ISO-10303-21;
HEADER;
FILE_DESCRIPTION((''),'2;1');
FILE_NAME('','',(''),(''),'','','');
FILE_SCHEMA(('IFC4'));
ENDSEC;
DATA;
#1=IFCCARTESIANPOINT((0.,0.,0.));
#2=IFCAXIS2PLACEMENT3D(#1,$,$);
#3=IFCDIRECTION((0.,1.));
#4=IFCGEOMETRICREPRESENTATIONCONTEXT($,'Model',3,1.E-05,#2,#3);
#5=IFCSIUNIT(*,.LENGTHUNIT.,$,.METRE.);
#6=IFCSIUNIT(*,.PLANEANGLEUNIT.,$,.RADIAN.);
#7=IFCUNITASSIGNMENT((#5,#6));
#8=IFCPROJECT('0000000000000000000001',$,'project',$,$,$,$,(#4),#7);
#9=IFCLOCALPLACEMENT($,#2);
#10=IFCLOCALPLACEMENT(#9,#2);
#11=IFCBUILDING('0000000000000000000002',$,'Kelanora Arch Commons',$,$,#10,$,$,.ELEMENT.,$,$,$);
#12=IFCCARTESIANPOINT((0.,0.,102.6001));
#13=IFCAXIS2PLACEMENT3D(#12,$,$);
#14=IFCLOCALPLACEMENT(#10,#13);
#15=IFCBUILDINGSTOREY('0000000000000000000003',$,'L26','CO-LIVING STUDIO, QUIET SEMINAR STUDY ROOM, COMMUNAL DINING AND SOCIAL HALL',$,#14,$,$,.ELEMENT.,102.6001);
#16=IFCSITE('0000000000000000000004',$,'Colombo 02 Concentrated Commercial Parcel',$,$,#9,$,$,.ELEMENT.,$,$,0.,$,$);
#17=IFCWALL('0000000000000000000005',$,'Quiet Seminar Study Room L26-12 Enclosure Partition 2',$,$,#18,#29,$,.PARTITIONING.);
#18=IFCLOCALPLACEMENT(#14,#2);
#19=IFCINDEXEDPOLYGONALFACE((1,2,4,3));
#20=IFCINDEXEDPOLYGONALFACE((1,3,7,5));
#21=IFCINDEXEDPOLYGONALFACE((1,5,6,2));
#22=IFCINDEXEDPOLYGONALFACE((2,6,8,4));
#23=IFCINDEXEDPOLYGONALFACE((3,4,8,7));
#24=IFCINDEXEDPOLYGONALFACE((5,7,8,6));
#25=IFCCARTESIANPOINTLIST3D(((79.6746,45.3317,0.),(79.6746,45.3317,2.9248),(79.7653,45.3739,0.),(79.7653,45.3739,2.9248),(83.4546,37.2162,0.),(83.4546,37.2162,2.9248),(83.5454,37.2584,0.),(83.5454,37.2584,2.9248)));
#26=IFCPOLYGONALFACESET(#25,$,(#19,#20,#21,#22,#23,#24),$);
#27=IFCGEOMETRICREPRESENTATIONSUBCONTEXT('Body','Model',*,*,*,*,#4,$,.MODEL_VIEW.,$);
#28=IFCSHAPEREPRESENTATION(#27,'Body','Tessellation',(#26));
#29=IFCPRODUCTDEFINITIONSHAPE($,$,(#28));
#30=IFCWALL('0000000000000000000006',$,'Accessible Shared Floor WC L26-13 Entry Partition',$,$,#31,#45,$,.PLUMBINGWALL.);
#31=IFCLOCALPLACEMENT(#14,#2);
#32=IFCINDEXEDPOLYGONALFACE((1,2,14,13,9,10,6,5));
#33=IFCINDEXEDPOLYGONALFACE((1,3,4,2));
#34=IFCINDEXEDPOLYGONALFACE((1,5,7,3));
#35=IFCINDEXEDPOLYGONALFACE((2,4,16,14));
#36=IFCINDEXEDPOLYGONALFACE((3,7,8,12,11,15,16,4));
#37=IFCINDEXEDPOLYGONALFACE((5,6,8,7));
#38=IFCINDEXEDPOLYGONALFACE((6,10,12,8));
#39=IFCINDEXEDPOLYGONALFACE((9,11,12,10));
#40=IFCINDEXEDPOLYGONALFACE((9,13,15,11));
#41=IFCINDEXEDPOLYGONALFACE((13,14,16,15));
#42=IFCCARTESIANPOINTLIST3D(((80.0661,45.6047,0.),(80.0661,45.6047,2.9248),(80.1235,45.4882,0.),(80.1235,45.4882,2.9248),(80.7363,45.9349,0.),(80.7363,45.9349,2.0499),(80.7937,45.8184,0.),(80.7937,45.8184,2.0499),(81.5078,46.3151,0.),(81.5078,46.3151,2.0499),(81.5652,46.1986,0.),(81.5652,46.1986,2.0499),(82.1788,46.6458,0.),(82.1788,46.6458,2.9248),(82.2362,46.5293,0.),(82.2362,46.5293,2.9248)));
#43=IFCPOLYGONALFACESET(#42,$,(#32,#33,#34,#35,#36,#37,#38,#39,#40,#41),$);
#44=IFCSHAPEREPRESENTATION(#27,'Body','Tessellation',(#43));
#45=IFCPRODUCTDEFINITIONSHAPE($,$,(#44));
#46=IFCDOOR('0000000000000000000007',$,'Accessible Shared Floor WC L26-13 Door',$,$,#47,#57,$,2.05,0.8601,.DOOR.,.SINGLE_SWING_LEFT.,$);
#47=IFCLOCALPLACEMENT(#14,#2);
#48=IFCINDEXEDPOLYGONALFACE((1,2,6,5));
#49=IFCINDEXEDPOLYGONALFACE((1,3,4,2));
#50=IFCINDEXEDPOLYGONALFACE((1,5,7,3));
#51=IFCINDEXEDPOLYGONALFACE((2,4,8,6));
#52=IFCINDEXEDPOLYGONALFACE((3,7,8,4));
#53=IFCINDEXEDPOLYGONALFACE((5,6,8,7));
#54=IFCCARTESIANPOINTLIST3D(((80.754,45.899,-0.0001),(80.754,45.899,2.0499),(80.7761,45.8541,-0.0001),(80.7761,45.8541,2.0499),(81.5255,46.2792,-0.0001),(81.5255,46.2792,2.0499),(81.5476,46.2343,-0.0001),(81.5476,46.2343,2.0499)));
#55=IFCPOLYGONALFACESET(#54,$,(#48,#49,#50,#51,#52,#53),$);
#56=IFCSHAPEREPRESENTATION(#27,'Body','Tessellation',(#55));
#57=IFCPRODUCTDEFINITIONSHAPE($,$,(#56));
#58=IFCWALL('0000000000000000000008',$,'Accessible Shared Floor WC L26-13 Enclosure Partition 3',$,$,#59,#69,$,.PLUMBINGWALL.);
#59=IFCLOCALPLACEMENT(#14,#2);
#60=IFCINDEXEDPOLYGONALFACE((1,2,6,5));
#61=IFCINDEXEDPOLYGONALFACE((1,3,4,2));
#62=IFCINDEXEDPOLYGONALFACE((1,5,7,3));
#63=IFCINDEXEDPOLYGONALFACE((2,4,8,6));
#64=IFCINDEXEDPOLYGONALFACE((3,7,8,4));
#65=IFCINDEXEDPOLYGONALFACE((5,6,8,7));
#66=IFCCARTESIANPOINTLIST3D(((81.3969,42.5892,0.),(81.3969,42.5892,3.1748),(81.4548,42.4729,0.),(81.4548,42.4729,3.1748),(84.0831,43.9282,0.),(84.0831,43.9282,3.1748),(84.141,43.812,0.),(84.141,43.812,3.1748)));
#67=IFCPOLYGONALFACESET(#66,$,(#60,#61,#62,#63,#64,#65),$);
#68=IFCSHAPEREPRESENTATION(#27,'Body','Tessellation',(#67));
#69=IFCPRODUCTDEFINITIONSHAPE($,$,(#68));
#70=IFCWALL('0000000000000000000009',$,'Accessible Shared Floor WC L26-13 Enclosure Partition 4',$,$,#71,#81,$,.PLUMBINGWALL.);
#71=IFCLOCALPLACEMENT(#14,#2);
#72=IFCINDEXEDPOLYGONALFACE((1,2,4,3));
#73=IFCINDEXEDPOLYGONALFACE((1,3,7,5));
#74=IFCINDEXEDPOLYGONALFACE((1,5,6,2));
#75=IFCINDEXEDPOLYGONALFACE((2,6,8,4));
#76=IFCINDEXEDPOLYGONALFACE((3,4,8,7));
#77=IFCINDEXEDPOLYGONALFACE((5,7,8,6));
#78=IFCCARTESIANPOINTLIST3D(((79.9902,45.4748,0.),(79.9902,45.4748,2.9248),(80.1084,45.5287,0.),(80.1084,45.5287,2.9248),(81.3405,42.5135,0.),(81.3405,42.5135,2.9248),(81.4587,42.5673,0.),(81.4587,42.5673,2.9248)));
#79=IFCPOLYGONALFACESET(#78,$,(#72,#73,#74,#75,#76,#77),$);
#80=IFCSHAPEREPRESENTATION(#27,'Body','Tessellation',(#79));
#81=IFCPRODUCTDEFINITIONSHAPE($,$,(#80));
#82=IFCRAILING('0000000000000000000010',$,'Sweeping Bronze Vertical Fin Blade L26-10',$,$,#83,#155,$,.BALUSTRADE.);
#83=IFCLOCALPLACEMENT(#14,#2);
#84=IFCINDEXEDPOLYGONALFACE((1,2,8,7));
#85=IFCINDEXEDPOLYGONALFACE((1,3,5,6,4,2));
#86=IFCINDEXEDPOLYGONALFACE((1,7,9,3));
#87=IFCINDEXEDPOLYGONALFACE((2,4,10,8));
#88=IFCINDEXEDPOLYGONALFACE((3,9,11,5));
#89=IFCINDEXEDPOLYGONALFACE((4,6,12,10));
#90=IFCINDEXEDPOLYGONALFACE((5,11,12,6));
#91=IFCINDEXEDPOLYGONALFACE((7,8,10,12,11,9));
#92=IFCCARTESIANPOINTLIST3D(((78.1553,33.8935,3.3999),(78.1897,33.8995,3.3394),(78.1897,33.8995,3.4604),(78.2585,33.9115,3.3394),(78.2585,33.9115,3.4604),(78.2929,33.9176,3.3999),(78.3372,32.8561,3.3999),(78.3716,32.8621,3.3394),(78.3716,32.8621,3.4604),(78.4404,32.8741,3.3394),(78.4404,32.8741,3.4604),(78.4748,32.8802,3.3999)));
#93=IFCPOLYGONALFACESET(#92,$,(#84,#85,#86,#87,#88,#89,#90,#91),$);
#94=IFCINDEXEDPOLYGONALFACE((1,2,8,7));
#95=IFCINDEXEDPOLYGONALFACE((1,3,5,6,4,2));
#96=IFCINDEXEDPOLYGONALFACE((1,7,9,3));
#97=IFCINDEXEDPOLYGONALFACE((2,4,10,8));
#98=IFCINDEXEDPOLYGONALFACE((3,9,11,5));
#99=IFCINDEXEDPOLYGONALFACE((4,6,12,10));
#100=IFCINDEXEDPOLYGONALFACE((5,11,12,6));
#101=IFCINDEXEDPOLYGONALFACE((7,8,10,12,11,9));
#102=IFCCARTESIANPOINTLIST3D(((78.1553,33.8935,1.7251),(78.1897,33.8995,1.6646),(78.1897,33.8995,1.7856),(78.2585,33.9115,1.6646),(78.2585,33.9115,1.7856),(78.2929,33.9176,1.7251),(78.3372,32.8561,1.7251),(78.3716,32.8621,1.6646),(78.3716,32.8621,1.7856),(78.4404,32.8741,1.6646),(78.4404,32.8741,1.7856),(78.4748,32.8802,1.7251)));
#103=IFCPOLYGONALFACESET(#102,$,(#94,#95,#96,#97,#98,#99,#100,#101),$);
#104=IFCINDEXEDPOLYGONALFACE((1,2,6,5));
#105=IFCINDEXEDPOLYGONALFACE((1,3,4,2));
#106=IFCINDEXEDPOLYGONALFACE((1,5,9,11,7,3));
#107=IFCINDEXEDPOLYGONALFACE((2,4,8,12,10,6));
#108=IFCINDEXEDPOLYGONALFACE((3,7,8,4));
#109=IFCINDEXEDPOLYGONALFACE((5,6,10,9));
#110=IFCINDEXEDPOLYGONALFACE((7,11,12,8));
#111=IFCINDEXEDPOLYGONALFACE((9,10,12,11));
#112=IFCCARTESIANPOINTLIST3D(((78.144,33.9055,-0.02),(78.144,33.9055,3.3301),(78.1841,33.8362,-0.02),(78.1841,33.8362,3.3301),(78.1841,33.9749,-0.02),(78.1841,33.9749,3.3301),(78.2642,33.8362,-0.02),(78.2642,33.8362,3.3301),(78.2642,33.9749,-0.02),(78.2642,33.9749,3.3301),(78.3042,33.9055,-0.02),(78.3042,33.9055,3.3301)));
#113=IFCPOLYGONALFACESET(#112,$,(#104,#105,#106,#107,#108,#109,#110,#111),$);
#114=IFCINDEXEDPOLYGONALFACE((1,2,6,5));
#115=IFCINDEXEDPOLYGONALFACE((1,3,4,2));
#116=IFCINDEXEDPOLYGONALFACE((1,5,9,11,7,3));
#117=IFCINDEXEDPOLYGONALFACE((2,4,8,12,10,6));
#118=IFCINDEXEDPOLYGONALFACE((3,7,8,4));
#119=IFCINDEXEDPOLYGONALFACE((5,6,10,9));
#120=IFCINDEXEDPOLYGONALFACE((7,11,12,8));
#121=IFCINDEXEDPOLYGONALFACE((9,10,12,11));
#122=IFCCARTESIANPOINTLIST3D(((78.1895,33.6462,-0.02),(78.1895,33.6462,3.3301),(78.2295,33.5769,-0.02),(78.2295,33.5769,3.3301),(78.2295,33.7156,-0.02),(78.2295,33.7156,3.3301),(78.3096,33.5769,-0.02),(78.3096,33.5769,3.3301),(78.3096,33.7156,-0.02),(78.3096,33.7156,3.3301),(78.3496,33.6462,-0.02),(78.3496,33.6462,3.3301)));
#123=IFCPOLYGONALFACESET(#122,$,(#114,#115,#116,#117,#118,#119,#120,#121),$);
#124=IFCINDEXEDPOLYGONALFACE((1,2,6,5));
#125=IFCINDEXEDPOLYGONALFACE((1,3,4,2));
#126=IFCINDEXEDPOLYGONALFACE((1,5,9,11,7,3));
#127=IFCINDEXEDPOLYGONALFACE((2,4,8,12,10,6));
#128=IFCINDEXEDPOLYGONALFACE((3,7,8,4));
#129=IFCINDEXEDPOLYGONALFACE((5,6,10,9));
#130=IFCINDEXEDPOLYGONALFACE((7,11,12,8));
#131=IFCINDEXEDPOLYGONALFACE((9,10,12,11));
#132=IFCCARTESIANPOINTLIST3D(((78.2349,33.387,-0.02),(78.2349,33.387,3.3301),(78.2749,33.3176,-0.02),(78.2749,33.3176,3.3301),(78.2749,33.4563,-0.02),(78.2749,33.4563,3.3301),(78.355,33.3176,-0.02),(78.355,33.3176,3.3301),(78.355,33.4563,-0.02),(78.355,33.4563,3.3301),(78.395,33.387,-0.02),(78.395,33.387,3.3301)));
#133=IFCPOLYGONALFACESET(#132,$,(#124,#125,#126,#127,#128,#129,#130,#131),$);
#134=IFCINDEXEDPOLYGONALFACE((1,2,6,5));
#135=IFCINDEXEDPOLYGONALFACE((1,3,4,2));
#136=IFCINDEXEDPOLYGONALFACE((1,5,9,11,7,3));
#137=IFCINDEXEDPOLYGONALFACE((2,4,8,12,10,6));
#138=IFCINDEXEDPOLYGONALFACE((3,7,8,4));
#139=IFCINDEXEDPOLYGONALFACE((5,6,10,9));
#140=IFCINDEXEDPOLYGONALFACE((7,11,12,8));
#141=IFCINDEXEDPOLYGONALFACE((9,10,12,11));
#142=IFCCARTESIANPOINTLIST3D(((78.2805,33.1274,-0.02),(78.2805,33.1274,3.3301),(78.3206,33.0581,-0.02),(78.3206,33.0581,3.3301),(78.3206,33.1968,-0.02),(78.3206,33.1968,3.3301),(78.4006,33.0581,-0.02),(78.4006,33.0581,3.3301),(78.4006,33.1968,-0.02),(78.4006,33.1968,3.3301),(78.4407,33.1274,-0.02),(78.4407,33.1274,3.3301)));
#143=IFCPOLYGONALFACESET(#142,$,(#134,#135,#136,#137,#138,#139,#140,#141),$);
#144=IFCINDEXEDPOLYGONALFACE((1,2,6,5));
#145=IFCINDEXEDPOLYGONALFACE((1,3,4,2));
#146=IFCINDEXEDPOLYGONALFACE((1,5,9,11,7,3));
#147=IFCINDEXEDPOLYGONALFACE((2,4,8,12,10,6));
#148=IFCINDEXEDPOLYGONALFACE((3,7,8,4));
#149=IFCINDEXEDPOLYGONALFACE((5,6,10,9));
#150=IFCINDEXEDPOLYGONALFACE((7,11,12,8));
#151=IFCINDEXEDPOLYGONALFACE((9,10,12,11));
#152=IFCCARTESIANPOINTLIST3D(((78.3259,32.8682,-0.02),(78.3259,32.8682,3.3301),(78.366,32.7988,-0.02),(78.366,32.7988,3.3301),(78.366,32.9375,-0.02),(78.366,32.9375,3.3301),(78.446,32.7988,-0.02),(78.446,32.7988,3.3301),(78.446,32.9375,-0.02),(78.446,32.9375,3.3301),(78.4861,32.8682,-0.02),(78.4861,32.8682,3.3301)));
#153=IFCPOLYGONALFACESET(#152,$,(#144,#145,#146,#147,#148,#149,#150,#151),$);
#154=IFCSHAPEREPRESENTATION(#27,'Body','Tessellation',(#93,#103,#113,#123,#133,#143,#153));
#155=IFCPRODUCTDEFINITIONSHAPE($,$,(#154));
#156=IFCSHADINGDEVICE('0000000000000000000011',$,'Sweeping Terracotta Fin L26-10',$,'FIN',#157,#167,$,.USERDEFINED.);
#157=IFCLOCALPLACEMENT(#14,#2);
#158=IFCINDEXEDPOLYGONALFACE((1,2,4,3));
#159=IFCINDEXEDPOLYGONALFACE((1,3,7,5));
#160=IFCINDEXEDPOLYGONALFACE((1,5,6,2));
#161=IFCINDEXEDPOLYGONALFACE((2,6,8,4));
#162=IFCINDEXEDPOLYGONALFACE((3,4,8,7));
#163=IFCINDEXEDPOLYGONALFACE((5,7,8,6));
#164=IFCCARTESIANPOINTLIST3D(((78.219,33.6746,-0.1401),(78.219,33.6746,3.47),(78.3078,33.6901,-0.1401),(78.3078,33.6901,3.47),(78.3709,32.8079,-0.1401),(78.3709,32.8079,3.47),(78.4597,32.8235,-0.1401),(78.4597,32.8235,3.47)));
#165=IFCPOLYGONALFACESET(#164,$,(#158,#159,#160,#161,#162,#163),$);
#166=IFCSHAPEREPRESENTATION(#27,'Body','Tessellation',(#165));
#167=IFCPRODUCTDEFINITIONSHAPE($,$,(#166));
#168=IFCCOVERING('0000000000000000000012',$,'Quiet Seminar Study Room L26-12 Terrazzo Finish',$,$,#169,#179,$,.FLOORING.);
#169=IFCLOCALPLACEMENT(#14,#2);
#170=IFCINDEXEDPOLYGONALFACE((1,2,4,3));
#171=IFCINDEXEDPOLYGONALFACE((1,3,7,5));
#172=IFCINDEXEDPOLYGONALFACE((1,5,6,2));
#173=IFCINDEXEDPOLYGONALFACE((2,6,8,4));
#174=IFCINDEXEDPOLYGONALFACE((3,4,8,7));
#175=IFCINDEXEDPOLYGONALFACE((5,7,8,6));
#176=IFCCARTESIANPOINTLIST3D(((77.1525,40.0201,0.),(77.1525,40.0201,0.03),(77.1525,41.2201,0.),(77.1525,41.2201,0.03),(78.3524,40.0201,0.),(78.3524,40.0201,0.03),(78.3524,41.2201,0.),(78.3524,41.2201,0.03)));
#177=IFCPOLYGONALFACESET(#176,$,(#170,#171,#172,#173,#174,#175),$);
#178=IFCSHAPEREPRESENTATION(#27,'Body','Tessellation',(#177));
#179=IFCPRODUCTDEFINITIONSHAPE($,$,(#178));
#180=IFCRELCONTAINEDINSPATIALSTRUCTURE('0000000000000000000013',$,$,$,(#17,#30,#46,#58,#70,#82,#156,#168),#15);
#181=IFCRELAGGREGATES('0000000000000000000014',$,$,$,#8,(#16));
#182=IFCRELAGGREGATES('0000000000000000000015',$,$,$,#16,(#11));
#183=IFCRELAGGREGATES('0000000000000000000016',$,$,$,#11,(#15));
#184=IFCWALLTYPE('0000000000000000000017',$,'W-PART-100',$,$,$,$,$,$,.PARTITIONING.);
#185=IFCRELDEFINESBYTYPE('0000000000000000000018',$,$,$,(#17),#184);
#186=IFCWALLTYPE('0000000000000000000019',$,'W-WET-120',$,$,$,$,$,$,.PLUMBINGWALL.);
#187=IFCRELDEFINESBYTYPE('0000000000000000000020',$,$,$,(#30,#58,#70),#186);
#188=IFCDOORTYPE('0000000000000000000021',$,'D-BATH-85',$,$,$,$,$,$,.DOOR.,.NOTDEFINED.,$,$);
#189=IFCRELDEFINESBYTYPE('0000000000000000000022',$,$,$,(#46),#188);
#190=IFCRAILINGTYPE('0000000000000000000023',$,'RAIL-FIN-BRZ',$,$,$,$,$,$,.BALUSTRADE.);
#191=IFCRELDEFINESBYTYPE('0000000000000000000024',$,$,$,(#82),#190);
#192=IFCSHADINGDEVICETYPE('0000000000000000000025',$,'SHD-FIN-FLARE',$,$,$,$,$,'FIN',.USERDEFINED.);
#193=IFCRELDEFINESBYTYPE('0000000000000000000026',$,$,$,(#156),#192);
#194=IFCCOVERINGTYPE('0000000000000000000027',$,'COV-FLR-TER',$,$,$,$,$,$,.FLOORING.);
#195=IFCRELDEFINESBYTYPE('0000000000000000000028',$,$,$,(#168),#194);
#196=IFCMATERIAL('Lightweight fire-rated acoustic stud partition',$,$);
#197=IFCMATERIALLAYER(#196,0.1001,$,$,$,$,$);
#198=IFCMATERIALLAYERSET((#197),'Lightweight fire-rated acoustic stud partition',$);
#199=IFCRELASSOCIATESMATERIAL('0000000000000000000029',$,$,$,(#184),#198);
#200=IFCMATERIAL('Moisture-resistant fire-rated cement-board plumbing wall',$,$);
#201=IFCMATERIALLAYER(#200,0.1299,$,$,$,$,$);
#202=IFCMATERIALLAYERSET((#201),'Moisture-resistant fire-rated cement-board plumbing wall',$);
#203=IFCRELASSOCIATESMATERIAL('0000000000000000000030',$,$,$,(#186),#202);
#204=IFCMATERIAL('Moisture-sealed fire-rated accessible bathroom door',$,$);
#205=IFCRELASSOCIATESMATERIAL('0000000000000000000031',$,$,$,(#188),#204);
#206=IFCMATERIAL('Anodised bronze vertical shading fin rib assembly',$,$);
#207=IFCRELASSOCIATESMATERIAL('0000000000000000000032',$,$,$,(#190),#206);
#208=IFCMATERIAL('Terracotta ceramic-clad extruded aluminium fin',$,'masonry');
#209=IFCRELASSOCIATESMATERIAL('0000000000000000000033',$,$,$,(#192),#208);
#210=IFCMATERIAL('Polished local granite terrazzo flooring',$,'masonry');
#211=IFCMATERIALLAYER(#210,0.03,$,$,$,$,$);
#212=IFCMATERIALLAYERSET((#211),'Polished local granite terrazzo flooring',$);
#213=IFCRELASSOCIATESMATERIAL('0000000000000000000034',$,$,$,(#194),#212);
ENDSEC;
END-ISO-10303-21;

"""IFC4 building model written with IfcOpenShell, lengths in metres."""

from ifc_helpers import new_model, si_unit, direction, frame, frame_2d, origin, origin_2d, place, context, subcontext, project, spatial, polyline, rectangle, outline, extrude, source, transform, mapped, material, layer, layer_set, type_object, element, fill, save


model = new_model("IFC4")

# Units and contexts
model_context = context("Model", 3, precision=1e-05, world=origin(), true_north=direction((0.0, 1.0)))
body_context = subcontext(model_context, "Body", "Model", "MODEL_VIEW")
ifc_project = project(units=[si_unit("LENGTHUNIT", "METRE"), si_unit("PLANEANGLEUNIT", "RADIAN")], contexts=[model_context])

# Site, building, storey
site_placement = place(None, origin())
site = spatial("IfcSite", under=ifc_project, at=site_placement, Name="Colombo 02 Concentrated Commercial Parcel", CompositionType="ELEMENT", RefElevation=0.0)
building_placement = place(site_placement, origin())
building = spatial("IfcBuilding", under=site, at=building_placement, Name="Kelanora Arch Commons", CompositionType="ELEMENT")
storey_placement = place(building_placement, frame((0.0, 0.0, 102.6001)))
storey = spatial("IfcBuildingStorey", under=building, at=storey_placement, Name="L26", Description="CO-LIVING STUDIO, QUIET SEMINAR STUDY ROOM, COMMUNAL DINING AND SOCIAL HALL", CompositionType="ELEMENT", Elevation=102.6001)

# Wall
ifc_material_1 = material(Name="Lightweight fire-rated acoustic stud partition")
ifc_layer_1 = layer(ifc_material_1, 0.1001)
ifc_layer_set_1 = layer_set([ifc_layer_1], Name="Lightweight fire-rated acoustic stud partition")
wall_type_1 = type_object("IfcWallType", Name="W-PART-100", PredefinedType="PARTITIONING", material=ifc_layer_set_1)
wall_1_placement = place(storey_placement, frame((79.72, 45.3528, 0.0), z_axis=(0.0, 0.0, 1.0), x_axis=(0.422225, -0.906491, 0.0)))
element("IfcWall", 1, at=wall_1_placement, inside=storey, type_object=wall_type_1, Name="Quiet Seminar Study Room L26-12 Enclosure Partition 2", PredefinedType="PARTITIONING", context=body_context, shape_type="SweptSolid", body=[
    extrude(rectangle(XDim=8.9526, YDim=0.1001, at=frame_2d((4.4763, 0.0))), origin(), (0.0, 0.0, 1.0), 2.9248),
])

# Wall, opening, door
ifc_material_2 = material(Name="Moisture-resistant fire-rated cement-board plumbing wall")
ifc_layer_2 = layer(ifc_material_2, 0.1299)
ifc_layer_set_2 = layer_set([ifc_layer_2], Name="Moisture-resistant fire-rated cement-board plumbing wall")
wall_type_2 = type_object("IfcWallType", Name="W-WET-120", PredefinedType="PLUMBINGWALL", material=ifc_layer_set_2)
wall_2_placement = place(storey_placement, frame((80.0947, 45.5464, 0.0), z_axis=(0.0, 0.0, 1.0), x_axis=(0.897004, 0.442023, 0.0)))
wall_2 = element("IfcWall", 2, at=wall_2_placement, inside=storey, type_object=wall_type_2, Name="Accessible Shared Floor WC L26-13 Entry Partition", PredefinedType="PLUMBINGWALL", context=body_context, shape_type="SweptSolid", body=[
    extrude(rectangle(XDim=2.3552, YDim=0.1299, at=frame_2d((1.1777, 0.0))), origin(), (0.0, 0.0, 1.0), 2.9248),
])
opening_placement = place(wall_2_placement, frame((0.7471, 0.0, 0.0)))
opening = element("IfcOpeningElement", 3, at=opening_placement, cuts=wall_2, PredefinedType="OPENING", context=body_context, shape_type="SweptSolid", body=[
    extrude(rectangle(XDim=0.8601, YDim=2.05, at=frame_2d((0.4302, 1.0249))), frame((0.0, 0.075, 0.0), z_axis=(0.0, -1.0, 0.0), x_axis=(1.0, 0.0, 0.0)), (0.0, 0.0, 1.0), 0.1499),
])
ifc_material_3 = material(Name="Moisture-sealed fire-rated accessible bathroom door")
door_type = type_object("IfcDoorType", Name="D-BATH-85", OperationType="NOTDEFINED", PredefinedType="DOOR", material=ifc_material_3)
door_placement = place(opening_placement, origin())
door = element("IfcDoor", 4, at=door_placement, inside=storey, type_object=door_type, Name="Accessible Shared Floor WC L26-13 Door", OperationType="SINGLE_SWING_LEFT", OverallHeight=2.05, OverallWidth=0.8601, PredefinedType="DOOR", context=body_context, shape_type="SweptSolid", body=[
    extrude(rectangle(XDim=0.8601, YDim=2.05, at=frame_2d((0.4302, 1.0249))), frame((0.0, 0.0249, 0.0), z_axis=(0.0, -1.0, 0.0), x_axis=(1.0, 0.0, 0.0)), (0.0, 0.0, 1.0), 0.05),
])
fill(opening, door)

# Walls
wall_3_placement = place(storey_placement, frame((84.1121, 43.8701, 0.0), z_axis=(0.0, 0.0, 1.0), x_axis=(-0.894963, -0.44614, 0.0)))
element("IfcWall", 5, at=wall_3_placement, inside=storey, type_object=wall_type_2, Name="Accessible Shared Floor WC L26-13 Enclosure Partition 3", PredefinedType="PLUMBINGWALL", context=body_context, shape_type="SweptSolid", body=[
    extrude(rectangle(XDim=3.0015, YDim=0.1299, at=frame_2d((1.5007, 0.0))), origin(), (0.0, 0.0, 1.0), 3.1748),
])
wall_4_placement = place(storey_placement, frame((81.3997, 42.5403, 0.0), z_axis=(0.0, 0.0, 1.0), x_axis=(-0.414882, 0.909875, 0.0)))
element("IfcWall", 6, at=wall_4_placement, inside=storey, type_object=wall_type_2, Name="Accessible Shared Floor WC L26-13 Enclosure Partition 4", PredefinedType="PLUMBINGWALL", context=body_context, shape_type="SweptSolid", body=[
    extrude(rectangle(XDim=3.2546, YDim=0.1299, at=frame_2d((1.6274, 0.0))), origin(), (0.0, 0.0, 1.0), 2.9248),
])

# Railing
ifc_material_4 = material(Name="Anodised bronze vertical shading fin rib assembly")
railing_type = type_object("IfcRailingType", Name="RAIL-FIN-BRZ", PredefinedType="BALUSTRADE", material=ifc_material_4)
railing_placement = place(storey_placement, frame((78.2241, 33.9055, -0.02)))
element("IfcRailing", 7, at=railing_placement, inside=storey, type_object=railing_type, Name="Sweeping Bronze Vertical Fin Blade L26-10", PredefinedType="BALUSTRADE", context=body_context, shape_type="SweptSolid", body=[
    extrude(outline(polyline([(0.0698, 0.0), (0.0349, 0.0605), (-0.0349, 0.0605), (-0.0698, 0.0), (-0.0349, -0.0605), (0.0349, -0.0605), (0.0698, 0.0)])), frame((0.0, 0.0, 3.4199), z_axis=(0.172701, -0.984974, 0.0), x_axis=(0.984974, 0.172701, 0.0)), (0.0, 0.0, 1.0), 1.0532),
    extrude(outline(polyline([(0.0698, 0.0), (0.0349, 0.0605), (-0.0349, 0.0605), (-0.0698, 0.0), (-0.0349, -0.0605), (0.0349, -0.0605), (0.0698, 0.0)])), frame((0.0, 0.0, 1.7451), z_axis=(0.172701, -0.984974, 0.0), x_axis=(0.984974, 0.172701, 0.0)), (0.0, 0.0, 1.0), 1.0532),
    extrude(outline(polyline([(0.0801, 0.0), (0.04, 0.0693), (-0.04, 0.0693), (-0.0801, 0.0), (-0.04, -0.0693), (0.04, -0.0693), (0.0801, 0.0)])), origin(), (0.0, 0.0, 1.0), 3.3501),
    extrude(outline(polyline([(0.0801, 0.0), (0.04, 0.0693), (-0.04, 0.0693), (-0.0801, 0.0), (-0.04, -0.0693), (0.04, -0.0693), (0.0801, 0.0)])), frame((0.0454, -0.2593, 0.0)), (0.0, 0.0, 1.0), 3.3501),
    extrude(outline(polyline([(0.0801, 0.0), (0.04, 0.0693), (-0.04, 0.0693), (-0.0801, 0.0), (-0.04, -0.0693), (0.04, -0.0693), (0.0801, 0.0)])), frame((0.0908, -0.5186, 0.0)), (0.0, 0.0, 1.0), 3.3501),
    extrude(outline(polyline([(0.0801, 0.0), (0.04, 0.0693), (-0.04, 0.0693), (-0.0801, 0.0), (-0.04, -0.0693), (0.04, -0.0693), (0.0801, 0.0)])), frame((0.1365, -0.7781, 0.0)), (0.0, 0.0, 1.0), 3.3501),
    extrude(outline(polyline([(0.0801, 0.0), (0.04, 0.0693), (-0.04, 0.0693), (-0.0801, 0.0), (-0.04, -0.0693), (0.04, -0.0693), (0.0801, 0.0)])), frame((0.1819, -1.0374, 0.0)), (0.0, 0.0, 1.0), 3.3501),
])

# Shading device
ifc_material_5 = material(Name="Terracotta ceramic-clad extruded aluminium fin", Category="masonry")
shading_device_type = type_object("IfcShadingDeviceType", Name="SHD-FIN-FLARE", ElementType="FIN", PredefinedType="USERDEFINED", material=ifc_material_5)
shared_shape_1 = source(origin(), body_context, "Body", "SweptSolid", [
    extrude(rectangle(XDim=0.8799, YDim=0.0901, at=origin_2d()), origin(), (0.0, 0.0, 1.0), 3.6101),
])
shading_device_placement = place(storey_placement, frame((78.3394, 33.249, -0.1401), z_axis=(0.0, 0.0, 1.0), x_axis=(0.172617, -0.984989, 0.0)))
element("IfcShadingDevice", 8, at=shading_device_placement, inside=storey, type_object=shading_device_type, Name="Sweeping Terracotta Fin L26-10", ObjectType="FIN", PredefinedType="USERDEFINED", context=body_context, shape_type="MappedRepresentation", body=[
    mapped(shared_shape_1, transform((0.0, 0.0, 0.0), scale=1.0)),
])

# Covering
ifc_material_6 = material(Name="Polished local granite terrazzo flooring", Category="masonry")
ifc_layer_3 = layer(ifc_material_6, 0.03)
ifc_layer_set_3 = layer_set([ifc_layer_3], Name="Polished local granite terrazzo flooring")
covering_type = type_object("IfcCoveringType", Name="COV-FLR-TER", PredefinedType="FLOORING", material=ifc_layer_set_3)
shared_shape_2 = source(origin(), body_context, "Body", "SweptSolid", [
    extrude(rectangle(XDim=1.2, YDim=1.2, at=origin_2d()), origin(), (0.0, 0.0, 1.0), 0.03),
])
covering_placement = place(storey_placement, frame((77.7524, 40.6201, 0.0), z_axis=(0.0, 0.0, 1.0), x_axis=(1.0, 0.0, 0.0)))
element("IfcCovering", 9, at=covering_placement, inside=storey, type_object=covering_type, Name="Quiet Seminar Study Room L26-12 Terrazzo Finish", PredefinedType="FLOORING", context=body_context, shape_type="MappedRepresentation", body=[
    mapped(shared_shape_2, transform((0.0, 0.0, 0.0), scale=1.0)),
])

save(model, "model.ifc")
